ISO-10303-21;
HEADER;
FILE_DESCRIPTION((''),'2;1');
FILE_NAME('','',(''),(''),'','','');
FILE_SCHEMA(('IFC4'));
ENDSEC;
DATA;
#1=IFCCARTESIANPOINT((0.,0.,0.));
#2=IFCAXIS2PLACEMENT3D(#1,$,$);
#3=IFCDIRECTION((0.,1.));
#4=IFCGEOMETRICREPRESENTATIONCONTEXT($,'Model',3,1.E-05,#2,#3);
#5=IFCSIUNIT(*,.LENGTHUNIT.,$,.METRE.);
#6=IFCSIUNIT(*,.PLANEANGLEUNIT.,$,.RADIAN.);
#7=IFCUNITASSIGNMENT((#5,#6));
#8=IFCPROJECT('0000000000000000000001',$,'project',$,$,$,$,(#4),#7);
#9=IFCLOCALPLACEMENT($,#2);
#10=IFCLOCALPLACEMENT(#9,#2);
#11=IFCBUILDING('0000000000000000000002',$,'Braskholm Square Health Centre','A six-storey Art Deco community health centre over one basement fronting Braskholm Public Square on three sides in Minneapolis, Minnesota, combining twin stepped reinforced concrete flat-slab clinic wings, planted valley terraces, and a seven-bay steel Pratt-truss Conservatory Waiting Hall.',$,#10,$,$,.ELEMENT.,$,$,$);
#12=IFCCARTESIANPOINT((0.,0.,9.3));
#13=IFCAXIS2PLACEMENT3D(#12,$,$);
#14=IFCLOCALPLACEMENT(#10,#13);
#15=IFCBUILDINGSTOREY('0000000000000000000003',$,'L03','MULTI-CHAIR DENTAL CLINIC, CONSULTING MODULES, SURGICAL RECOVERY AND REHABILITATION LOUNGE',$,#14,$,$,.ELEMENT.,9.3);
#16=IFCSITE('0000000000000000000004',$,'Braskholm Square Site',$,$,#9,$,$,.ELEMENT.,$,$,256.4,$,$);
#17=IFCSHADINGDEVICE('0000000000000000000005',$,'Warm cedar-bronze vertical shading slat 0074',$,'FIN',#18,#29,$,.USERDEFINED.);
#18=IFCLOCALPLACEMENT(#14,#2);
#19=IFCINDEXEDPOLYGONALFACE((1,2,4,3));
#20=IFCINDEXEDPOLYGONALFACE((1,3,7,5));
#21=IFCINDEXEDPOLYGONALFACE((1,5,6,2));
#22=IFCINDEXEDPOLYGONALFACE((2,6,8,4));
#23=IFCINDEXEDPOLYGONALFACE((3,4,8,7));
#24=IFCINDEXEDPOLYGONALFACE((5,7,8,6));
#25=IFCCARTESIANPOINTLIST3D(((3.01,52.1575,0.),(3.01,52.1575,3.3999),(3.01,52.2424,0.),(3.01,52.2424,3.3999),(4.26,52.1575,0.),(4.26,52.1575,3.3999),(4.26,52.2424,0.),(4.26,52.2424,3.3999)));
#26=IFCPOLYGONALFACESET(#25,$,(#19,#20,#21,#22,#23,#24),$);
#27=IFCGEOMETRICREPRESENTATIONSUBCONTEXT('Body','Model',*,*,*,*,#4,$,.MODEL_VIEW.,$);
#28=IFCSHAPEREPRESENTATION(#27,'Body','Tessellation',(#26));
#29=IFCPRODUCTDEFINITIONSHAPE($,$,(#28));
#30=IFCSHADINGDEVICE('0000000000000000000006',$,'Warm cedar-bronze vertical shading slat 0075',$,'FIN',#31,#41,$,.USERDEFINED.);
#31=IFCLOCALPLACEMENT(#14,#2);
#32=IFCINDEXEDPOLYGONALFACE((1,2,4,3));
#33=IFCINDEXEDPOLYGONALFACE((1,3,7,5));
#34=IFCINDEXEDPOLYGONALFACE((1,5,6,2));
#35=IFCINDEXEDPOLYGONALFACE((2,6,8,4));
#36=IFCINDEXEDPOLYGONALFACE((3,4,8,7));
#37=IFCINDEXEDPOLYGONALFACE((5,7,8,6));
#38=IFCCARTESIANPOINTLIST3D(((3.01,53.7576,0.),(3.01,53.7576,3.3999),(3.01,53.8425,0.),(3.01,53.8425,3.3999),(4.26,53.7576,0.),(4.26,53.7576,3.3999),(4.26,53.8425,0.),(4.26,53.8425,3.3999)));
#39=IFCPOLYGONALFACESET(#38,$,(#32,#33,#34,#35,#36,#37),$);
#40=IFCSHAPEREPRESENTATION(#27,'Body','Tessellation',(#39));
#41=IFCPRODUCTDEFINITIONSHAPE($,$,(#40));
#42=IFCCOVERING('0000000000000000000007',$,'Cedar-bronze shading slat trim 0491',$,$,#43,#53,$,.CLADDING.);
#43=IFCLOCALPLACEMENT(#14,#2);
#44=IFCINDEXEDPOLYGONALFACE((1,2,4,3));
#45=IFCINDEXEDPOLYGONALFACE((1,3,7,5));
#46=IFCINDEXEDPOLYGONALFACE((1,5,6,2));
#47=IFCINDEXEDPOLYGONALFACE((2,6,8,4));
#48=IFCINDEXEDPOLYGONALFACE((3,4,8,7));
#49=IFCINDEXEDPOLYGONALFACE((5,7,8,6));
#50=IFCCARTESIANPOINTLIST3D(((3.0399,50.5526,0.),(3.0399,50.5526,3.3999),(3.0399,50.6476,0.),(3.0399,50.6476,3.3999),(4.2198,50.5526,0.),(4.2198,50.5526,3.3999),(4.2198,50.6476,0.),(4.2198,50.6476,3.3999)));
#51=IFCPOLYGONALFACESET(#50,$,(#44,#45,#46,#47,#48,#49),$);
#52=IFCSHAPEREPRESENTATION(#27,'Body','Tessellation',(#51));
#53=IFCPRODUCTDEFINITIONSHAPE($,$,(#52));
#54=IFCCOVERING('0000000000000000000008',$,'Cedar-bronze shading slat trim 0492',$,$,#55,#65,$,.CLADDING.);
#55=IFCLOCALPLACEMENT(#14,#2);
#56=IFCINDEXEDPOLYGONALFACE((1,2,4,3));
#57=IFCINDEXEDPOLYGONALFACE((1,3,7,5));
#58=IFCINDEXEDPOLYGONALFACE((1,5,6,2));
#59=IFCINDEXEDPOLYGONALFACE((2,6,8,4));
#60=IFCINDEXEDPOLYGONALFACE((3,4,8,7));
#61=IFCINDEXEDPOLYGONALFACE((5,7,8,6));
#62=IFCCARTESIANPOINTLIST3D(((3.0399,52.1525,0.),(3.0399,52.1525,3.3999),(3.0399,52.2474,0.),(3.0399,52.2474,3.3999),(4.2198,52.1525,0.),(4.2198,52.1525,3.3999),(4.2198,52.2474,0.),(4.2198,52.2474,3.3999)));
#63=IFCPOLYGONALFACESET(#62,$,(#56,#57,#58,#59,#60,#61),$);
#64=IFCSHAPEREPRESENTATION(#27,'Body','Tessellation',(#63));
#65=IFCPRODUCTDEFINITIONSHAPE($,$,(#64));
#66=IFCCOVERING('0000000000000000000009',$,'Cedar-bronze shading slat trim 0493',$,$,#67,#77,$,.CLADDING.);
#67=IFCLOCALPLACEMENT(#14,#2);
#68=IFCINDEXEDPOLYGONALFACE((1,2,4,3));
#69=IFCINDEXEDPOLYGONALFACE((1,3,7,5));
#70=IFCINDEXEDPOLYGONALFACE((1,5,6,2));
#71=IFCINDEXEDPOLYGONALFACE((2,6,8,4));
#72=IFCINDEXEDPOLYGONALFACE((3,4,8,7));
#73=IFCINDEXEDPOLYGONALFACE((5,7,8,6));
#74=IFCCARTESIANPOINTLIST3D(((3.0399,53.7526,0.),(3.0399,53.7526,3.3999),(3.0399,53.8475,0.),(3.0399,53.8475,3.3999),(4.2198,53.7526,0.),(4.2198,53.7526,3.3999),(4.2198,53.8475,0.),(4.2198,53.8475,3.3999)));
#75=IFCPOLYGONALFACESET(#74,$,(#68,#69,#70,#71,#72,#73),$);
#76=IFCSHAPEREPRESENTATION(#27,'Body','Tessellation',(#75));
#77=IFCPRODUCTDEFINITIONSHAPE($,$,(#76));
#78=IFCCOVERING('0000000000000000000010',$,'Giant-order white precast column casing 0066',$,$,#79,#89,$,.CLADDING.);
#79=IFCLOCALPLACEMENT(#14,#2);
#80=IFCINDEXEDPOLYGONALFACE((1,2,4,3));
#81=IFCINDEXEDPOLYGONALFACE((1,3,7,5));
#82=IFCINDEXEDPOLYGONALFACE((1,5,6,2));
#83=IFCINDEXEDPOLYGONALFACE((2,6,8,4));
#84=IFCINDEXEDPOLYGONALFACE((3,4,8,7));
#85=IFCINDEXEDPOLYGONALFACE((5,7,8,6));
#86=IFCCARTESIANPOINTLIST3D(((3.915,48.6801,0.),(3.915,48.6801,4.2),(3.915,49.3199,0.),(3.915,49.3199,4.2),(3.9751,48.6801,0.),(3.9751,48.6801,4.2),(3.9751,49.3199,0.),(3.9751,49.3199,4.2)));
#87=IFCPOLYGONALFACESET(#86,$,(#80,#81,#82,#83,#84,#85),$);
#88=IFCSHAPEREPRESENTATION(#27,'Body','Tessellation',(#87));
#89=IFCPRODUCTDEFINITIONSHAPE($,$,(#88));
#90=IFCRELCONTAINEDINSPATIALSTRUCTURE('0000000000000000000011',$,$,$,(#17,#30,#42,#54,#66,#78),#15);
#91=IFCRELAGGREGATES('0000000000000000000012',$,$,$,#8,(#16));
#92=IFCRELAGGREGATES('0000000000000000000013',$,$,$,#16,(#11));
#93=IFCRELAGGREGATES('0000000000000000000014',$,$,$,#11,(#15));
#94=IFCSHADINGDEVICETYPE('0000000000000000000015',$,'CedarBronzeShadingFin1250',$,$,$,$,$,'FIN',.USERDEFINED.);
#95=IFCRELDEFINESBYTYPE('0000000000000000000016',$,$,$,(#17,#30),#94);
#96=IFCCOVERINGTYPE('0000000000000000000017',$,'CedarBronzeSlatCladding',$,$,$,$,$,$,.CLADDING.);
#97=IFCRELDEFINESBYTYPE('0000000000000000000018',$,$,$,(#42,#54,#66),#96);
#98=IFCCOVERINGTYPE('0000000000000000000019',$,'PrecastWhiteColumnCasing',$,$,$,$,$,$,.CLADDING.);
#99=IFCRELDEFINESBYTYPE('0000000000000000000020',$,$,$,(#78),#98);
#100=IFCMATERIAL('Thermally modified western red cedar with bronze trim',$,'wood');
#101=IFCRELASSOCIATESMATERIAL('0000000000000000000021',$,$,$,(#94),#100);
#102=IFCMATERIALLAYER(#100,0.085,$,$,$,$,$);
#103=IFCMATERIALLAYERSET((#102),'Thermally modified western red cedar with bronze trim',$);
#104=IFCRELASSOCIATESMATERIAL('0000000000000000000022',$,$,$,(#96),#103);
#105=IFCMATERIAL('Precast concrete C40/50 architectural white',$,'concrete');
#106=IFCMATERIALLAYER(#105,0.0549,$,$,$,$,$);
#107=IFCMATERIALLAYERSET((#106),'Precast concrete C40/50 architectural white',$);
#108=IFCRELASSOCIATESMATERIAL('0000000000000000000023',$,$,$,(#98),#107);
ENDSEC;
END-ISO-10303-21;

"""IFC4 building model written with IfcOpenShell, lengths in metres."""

from ifc_helpers import new_model, si_unit, direction, frame, origin, origin_2d, place, context, subcontext, project, spatial, rectangle, extrude, material, layer, layer_set, type_object, element, save


model = new_model("IFC4")

# Units and contexts
model_context = context("Model", 3, precision=1e-05, world=origin(), true_north=direction((0.0, 1.0)))
body_context = subcontext(model_context, "Body", "Model", "MODEL_VIEW")
ifc_project = project(units=[si_unit("LENGTHUNIT", "METRE"), si_unit("PLANEANGLEUNIT", "RADIAN")], contexts=[model_context])

# Site, building, storey
site_placement = place(None, origin())
site = spatial("IfcSite", under=ifc_project, at=site_placement, Name="Braskholm Square Site", CompositionType="ELEMENT", RefElevation=256.4)
building_placement = place(site_placement, origin())
building = spatial("IfcBuilding", under=site, at=building_placement, Name="Braskholm Square Health Centre", Description="A six-storey Art Deco community health centre over one basement fronting Braskholm Public Square on three sides in Minneapolis, Minnesota, combining twin stepped reinforced concrete flat-slab clinic wings, planted valley terraces, and a seven-bay steel Pratt-truss Conservatory Waiting Hall.", CompositionType="ELEMENT")
storey_placement = place(building_placement, frame((0.0, 0.0, 9.3)))
storey = spatial("IfcBuildingStorey", under=building, at=storey_placement, Name="L03", Description="MULTI-CHAIR DENTAL CLINIC, CONSULTING MODULES, SURGICAL RECOVERY AND REHABILITATION LOUNGE", CompositionType="ELEMENT", Elevation=9.3)

# Shared definitions
ifc_material_1 = material(Name="Precast concrete C40/50 architectural white", Category="concrete")

# Shading devices
ifc_material_2 = material(Name="Thermally modified western red cedar with bronze trim", Category="wood")
shading_device_type = type_object("IfcShadingDeviceType", Name="CedarBronzeShadingFin1250", ElementType="FIN", PredefinedType="USERDEFINED", material=ifc_material_2)
for number, where, z_axis, x_axis, name in (
    (1, (3.635, 52.2, 0.0), (0.0, 0.0, 1.0), (1.0, 0.0, 0.0), "Warm cedar-bronze vertical shading slat 0074"),
    (2, (3.635, 53.8, 0.0), (0.0, 0.0, 1.0), (1.0, 0.0, 0.0), "Warm cedar-bronze vertical shading slat 0075"),
):
    element("IfcShadingDevice", number, at=place(storey_placement, frame(where, z_axis=z_axis, x_axis=x_axis)), inside=storey, type_object=shading_device_type, Name=name, ObjectType="FIN", PredefinedType="USERDEFINED", context=body_context, shape_type="SweptSolid", body=[
        extrude(rectangle(XDim=1.25, YDim=0.085, at=origin_2d()), origin(), (0.0, 0.0, 1.0), 3.3999),
    ])

# Coverings
ifc_layer_1 = layer(ifc_material_2, 0.085)
ifc_layer_set_1 = layer_set([ifc_layer_1], Name="Thermally modified western red cedar with bronze trim")
covering_type_1 = type_object("IfcCoveringType", Name="CedarBronzeSlatCladding", PredefinedType="CLADDING", material=ifc_layer_set_1)
for number, where, z_axis, x_axis, name in (
    (3, (3.6299, 50.6001, 0.0), (0.0, 0.0, 1.0), (1.0, 0.0, 0.0), "Cedar-bronze shading slat trim 0491"),
    (4, (3.6299, 52.2, 0.0), (0.0, 0.0, 1.0), (1.0, 0.0, 0.0), "Cedar-bronze shading slat trim 0492"),
    (5, (3.6299, 53.8, 0.0), (0.0, 0.0, 1.0), (1.0, 0.0, 0.0), "Cedar-bronze shading slat trim 0493"),
):
    element("IfcCovering", number, at=place(storey_placement, frame(where, z_axis=z_axis, x_axis=x_axis)), inside=storey, type_object=covering_type_1, Name=name, PredefinedType="CLADDING", context=body_context, shape_type="SweptSolid", body=[
        extrude(rectangle(XDim=1.1799, YDim=0.095, at=origin_2d()), origin(), (0.0, 0.0, 1.0), 3.3999),
    ])
ifc_layer_2 = layer(ifc_material_1, 0.0549)
ifc_layer_set_2 = layer_set([ifc_layer_2], Name="Precast concrete C40/50 architectural white")
covering_type_2 = type_object("IfcCoveringType", Name="PrecastWhiteColumnCasing", PredefinedType="CLADDING", material=ifc_layer_set_2)
covering_placement = place(storey_placement, frame((3.9451, 49.0, 0.0), z_axis=(0.0, 0.0, 1.0), x_axis=(1.0, 0.0, 0.0)))
element("IfcCovering", 6, at=covering_placement, inside=storey, type_object=covering_type_2, Name="Giant-order white precast column casing 0066", PredefinedType="CLADDING", context=body_context, shape_type="SweptSolid", body=[
    extrude(rectangle(XDim=0.0601, YDim=0.6399, at=origin_2d()), origin(), (0.0, 0.0, 1.0), 4.2),
])

save(model, "model.ifc")
